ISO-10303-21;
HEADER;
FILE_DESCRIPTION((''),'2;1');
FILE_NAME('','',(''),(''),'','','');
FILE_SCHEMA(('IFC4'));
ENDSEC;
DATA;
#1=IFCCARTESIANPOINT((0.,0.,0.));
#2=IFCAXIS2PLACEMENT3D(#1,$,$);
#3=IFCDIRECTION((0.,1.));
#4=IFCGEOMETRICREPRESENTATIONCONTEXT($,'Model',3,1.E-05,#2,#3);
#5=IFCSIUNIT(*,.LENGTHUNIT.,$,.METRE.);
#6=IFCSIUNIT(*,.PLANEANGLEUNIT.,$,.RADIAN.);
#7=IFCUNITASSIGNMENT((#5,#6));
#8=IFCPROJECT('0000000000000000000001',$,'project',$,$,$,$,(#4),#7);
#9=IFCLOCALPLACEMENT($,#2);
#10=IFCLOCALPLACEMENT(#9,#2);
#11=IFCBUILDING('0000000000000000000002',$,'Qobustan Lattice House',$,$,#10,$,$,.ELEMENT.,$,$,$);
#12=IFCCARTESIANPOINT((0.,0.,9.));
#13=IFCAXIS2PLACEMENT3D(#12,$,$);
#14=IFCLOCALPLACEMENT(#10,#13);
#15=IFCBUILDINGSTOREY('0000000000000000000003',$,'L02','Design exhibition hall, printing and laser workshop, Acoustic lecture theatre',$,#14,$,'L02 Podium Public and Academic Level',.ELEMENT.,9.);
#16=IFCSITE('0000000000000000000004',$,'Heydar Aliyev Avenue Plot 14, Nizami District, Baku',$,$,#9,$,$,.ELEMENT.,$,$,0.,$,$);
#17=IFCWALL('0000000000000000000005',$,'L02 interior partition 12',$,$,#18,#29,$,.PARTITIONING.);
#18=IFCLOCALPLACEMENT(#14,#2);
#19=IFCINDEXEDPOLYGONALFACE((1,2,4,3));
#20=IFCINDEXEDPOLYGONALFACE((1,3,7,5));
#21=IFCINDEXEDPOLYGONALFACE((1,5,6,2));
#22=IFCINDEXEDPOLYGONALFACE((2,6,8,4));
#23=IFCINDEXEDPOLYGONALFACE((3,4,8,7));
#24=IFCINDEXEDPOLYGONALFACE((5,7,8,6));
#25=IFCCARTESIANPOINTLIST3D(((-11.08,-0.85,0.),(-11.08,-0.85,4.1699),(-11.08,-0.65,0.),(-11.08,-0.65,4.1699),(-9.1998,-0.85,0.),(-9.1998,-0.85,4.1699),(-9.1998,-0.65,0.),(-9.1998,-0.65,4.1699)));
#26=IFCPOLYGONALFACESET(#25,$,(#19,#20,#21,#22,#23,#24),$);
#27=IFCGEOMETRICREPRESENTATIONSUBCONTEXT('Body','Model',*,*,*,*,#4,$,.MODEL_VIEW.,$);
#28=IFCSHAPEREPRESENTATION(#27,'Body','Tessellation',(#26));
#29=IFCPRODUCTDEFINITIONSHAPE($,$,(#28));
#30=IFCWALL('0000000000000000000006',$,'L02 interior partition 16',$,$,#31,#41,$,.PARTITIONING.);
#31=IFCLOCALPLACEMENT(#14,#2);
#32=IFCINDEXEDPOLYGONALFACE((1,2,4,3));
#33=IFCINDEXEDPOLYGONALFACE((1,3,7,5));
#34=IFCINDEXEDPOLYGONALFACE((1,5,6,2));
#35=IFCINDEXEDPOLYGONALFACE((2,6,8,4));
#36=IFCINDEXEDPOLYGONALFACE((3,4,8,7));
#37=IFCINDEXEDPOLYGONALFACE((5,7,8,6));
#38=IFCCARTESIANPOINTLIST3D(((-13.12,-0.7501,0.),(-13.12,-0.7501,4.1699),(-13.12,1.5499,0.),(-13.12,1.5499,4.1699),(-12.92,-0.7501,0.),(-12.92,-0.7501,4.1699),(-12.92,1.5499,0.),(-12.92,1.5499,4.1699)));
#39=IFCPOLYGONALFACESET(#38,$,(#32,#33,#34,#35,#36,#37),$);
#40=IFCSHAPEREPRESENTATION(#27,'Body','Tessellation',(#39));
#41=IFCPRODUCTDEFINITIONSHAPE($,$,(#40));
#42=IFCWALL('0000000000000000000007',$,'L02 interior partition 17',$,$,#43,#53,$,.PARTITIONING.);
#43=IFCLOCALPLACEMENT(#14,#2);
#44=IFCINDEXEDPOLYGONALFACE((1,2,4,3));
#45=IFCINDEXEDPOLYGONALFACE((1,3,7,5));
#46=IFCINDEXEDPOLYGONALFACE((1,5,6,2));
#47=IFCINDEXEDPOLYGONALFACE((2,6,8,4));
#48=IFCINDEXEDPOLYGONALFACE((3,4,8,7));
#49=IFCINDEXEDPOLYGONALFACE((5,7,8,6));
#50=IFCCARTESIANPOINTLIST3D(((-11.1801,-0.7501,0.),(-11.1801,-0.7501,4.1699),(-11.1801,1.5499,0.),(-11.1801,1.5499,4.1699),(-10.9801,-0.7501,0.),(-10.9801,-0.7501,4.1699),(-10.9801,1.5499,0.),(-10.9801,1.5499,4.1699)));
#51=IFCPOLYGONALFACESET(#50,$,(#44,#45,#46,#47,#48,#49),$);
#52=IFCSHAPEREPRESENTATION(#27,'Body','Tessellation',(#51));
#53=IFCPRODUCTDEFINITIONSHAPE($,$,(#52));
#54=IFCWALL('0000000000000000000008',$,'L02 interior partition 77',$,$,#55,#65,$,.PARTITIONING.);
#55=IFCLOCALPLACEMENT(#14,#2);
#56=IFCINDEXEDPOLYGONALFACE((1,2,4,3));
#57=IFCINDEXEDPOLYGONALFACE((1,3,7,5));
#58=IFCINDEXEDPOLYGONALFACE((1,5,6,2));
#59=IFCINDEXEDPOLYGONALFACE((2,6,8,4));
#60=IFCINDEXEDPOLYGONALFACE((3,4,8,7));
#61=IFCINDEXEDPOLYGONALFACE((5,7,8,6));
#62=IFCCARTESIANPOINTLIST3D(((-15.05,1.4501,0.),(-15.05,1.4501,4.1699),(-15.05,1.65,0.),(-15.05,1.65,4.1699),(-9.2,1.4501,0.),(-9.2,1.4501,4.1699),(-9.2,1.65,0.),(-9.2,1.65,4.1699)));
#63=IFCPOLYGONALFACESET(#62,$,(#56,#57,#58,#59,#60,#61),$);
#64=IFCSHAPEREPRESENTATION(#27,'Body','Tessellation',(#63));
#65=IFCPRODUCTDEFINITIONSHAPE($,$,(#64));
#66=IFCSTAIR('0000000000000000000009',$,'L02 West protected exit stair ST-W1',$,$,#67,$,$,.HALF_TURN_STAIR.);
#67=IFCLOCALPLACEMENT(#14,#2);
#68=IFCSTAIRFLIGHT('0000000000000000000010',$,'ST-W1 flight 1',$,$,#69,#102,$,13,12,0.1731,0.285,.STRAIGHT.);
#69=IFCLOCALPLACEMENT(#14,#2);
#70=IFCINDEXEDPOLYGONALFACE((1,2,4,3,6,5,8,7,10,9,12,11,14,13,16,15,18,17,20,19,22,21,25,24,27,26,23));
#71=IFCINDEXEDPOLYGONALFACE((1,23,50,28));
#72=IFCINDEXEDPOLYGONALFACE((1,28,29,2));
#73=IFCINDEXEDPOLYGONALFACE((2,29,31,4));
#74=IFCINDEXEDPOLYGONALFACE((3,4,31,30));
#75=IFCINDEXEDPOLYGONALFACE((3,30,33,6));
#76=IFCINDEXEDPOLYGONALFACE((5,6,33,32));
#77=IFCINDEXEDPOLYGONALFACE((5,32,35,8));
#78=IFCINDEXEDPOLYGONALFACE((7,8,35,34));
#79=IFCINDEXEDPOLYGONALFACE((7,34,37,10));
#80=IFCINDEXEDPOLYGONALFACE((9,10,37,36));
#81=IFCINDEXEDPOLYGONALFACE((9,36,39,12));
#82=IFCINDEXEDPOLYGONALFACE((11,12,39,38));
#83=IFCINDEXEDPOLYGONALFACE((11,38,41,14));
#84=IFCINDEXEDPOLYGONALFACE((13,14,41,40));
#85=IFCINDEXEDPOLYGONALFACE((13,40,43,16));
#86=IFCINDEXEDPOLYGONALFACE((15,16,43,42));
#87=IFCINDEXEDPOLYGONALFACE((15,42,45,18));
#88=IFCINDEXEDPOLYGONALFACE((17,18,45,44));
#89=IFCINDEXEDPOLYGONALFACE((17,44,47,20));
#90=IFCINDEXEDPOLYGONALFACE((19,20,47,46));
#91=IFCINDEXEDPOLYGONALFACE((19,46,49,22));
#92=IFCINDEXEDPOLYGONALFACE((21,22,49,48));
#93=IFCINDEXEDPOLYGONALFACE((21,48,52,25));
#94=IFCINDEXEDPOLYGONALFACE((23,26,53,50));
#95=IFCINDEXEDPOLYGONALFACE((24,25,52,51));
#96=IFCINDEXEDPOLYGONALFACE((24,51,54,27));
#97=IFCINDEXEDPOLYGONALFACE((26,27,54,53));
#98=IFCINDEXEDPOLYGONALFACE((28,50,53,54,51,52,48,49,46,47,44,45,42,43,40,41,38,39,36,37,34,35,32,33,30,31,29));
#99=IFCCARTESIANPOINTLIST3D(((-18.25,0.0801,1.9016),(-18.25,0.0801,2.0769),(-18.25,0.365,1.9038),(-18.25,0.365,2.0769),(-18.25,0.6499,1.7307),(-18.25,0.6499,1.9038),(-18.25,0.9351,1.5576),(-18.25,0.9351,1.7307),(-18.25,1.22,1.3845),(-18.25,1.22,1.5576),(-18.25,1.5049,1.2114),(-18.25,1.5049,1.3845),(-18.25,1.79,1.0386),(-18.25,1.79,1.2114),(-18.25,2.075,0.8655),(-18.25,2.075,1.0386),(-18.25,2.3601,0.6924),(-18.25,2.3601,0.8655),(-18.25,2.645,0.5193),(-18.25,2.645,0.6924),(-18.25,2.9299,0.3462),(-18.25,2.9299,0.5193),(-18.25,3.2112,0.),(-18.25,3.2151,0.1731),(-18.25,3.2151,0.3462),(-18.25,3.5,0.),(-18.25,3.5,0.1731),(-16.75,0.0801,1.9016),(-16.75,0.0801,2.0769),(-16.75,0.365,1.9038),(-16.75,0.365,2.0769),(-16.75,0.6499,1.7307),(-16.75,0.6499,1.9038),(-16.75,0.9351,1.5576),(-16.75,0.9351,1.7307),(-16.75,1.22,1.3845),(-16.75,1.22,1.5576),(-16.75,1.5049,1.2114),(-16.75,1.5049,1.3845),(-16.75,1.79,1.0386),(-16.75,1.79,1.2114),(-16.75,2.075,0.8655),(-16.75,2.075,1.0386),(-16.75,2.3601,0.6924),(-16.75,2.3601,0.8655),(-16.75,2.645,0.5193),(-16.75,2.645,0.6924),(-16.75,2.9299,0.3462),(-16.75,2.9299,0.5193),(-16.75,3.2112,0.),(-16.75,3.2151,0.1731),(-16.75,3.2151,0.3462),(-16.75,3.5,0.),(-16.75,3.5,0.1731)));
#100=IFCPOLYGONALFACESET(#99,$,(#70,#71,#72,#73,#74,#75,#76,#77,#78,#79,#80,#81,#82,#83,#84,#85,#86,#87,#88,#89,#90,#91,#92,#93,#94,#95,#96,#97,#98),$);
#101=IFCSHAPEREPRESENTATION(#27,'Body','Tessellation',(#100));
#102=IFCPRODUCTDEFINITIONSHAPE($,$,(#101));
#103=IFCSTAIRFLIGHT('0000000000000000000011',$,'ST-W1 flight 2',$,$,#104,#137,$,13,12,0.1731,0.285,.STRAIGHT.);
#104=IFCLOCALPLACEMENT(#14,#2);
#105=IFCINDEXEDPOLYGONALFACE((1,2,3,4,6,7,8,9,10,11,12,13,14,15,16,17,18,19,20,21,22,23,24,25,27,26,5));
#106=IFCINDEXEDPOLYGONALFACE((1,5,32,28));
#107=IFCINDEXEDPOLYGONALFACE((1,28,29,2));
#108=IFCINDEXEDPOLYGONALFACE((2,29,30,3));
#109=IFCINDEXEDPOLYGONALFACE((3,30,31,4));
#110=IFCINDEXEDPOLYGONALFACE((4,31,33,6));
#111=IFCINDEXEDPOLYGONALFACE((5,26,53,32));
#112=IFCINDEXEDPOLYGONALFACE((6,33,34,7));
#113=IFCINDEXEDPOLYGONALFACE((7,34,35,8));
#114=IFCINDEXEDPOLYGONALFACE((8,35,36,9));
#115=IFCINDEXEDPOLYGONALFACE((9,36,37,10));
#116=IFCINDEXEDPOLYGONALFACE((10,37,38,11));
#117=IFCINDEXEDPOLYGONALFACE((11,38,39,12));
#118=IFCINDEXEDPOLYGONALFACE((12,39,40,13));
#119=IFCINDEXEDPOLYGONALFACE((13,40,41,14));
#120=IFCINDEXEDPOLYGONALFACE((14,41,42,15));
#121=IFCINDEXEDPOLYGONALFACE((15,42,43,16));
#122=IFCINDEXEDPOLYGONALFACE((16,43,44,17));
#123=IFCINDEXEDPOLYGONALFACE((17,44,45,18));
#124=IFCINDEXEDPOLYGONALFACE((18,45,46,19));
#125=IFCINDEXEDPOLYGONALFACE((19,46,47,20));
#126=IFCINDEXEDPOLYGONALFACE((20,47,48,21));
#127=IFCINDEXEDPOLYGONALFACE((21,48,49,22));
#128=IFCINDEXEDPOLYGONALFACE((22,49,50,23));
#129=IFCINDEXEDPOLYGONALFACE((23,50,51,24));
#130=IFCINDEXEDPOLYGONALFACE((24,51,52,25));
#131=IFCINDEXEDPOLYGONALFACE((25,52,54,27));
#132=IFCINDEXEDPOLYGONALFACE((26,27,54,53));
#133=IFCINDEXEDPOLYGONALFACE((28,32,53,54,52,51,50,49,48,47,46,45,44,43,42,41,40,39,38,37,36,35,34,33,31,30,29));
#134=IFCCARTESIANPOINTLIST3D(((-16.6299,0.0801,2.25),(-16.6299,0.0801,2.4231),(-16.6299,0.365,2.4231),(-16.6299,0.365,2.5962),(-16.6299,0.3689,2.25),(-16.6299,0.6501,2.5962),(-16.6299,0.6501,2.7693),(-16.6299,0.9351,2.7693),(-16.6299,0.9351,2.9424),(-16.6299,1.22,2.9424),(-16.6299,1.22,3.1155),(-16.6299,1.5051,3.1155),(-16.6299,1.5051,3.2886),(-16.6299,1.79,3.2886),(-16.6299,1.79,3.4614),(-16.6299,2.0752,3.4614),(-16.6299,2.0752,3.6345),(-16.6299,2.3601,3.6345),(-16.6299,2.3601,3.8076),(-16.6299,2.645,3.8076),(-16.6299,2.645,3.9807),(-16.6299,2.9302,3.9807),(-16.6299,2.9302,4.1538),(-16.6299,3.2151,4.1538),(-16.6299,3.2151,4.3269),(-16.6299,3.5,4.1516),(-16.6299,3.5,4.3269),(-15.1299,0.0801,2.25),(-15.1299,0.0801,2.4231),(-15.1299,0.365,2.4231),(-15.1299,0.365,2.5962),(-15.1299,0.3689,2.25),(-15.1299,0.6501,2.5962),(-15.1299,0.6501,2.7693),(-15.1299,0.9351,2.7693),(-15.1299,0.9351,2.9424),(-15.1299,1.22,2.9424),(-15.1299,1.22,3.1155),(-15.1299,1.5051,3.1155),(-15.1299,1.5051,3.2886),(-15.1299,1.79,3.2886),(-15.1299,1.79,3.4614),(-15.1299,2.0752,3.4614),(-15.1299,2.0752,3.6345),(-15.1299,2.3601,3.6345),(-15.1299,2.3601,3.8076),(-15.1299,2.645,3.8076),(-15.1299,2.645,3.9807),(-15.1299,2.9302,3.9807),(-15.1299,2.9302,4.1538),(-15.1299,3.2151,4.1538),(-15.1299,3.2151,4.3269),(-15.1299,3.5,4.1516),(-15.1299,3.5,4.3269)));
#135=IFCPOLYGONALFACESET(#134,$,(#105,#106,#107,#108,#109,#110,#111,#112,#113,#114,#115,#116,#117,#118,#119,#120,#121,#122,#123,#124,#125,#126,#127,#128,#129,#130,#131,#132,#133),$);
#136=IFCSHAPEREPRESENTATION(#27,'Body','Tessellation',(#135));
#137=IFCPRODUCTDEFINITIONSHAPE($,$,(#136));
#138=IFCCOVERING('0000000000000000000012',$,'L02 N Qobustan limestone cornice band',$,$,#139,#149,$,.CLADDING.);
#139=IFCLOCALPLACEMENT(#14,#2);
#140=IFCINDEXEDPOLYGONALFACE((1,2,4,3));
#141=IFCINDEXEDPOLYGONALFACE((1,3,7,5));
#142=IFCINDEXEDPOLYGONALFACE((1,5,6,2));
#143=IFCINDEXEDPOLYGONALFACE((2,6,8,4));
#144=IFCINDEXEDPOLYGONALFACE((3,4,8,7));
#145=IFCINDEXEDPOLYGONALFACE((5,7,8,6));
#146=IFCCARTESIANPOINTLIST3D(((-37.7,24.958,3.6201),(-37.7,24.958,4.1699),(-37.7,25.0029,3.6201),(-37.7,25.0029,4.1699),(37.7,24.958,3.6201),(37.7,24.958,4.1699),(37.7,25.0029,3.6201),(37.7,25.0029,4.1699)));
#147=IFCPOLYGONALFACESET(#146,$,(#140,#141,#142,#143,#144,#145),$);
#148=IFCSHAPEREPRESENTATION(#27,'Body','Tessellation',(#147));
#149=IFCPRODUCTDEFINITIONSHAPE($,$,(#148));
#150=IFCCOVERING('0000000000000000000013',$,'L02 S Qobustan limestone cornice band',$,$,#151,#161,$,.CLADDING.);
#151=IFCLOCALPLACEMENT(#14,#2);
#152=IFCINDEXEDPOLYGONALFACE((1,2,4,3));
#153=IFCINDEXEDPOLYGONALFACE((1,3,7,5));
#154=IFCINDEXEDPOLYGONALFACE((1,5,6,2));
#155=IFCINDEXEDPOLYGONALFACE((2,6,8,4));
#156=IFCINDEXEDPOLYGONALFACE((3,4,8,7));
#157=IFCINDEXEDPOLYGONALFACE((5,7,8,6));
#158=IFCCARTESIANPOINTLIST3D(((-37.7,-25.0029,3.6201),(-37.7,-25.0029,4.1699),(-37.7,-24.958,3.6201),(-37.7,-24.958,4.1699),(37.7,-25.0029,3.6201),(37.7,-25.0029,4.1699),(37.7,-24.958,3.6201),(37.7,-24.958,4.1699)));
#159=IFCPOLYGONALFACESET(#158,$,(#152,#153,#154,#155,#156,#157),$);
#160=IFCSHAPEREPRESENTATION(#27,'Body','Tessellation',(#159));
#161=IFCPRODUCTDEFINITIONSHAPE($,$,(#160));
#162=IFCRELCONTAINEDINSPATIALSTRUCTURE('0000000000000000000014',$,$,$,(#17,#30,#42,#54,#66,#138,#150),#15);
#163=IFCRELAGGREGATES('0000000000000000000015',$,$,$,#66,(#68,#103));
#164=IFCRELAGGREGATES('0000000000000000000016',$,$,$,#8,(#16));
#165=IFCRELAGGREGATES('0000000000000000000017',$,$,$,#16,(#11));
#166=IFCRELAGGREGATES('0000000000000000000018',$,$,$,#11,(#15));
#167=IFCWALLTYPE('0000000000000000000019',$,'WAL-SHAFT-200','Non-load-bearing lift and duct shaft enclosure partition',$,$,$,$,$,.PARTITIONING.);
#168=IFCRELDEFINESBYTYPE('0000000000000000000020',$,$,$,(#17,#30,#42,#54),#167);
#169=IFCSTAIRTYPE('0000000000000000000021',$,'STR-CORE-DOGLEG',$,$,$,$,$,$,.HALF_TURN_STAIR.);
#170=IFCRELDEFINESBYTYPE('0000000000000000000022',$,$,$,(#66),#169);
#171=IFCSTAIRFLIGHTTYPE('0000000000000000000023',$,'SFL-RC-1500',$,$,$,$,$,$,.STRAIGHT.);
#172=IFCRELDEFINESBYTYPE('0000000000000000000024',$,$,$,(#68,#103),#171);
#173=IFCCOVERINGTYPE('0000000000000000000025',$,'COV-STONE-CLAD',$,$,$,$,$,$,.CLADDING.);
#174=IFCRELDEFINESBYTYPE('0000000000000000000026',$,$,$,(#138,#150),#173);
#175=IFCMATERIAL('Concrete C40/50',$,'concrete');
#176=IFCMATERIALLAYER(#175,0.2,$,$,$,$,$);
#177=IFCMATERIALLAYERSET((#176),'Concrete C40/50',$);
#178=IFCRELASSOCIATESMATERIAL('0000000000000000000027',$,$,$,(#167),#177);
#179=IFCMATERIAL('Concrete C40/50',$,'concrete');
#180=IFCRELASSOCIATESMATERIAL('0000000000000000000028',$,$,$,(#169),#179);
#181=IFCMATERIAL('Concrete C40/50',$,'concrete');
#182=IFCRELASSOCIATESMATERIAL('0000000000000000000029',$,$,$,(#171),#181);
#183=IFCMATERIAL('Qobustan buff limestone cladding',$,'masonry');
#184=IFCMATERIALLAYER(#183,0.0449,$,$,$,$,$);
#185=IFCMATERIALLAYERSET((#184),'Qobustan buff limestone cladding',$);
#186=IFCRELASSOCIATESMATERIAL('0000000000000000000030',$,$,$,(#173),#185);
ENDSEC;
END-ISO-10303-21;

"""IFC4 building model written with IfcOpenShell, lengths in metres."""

from ifc_helpers import new_model, si_unit, direction, frame, frame_2d, origin, place, context, subcontext, project, spatial, polyline, rectangle, outline, extrude, material, layer, layer_set, type_object, element, aggregate, save


model = new_model("IFC4")

# Units and contexts
model_context = context("Model", 3, precision=1e-05, world=origin(), true_north=direction((0.0, 1.0)))
body_context = subcontext(model_context, "Body", "Model", "MODEL_VIEW")
ifc_project = project(units=[si_unit("LENGTHUNIT", "METRE"), si_unit("PLANEANGLEUNIT", "RADIAN")], contexts=[model_context])

# Site, building, storey
site_placement = place(None, origin())
site = spatial("IfcSite", under=ifc_project, at=site_placement, Name="Heydar Aliyev Avenue Plot 14, Nizami District, Baku", CompositionType="ELEMENT", RefElevation=0.0)
building_placement = place(site_placement, origin())
building = spatial("IfcBuilding", under=site, at=building_placement, Name="Qobustan Lattice House", CompositionType="ELEMENT")
storey_placement = place(building_placement, frame((0.0, 0.0, 9.0)))
storey = spatial("IfcBuildingStorey", under=building, at=storey_placement, Name="L02", Description="Design exhibition hall, printing and laser workshop, Acoustic lecture theatre", LongName="L02 Podium Public and Academic Level", CompositionType="ELEMENT", Elevation=9.0)

# Shared definitions
ifc_material_1 = material(Name="Concrete C40/50", Category="concrete")
ifc_layer_1 = layer(ifc_material_1, 0.2)
ifc_layer_set_1 = layer_set([ifc_layer_1], Name="Concrete C40/50")
wall_type = type_object("IfcWallType", Name="WAL-SHAFT-200", Description="Non-load-bearing lift and duct shaft enclosure partition", PredefinedType="PARTITIONING", material=ifc_layer_set_1)

# Walls
wall_1_placement = place(storey_placement, frame((-9.2, -0.75, 0.0), z_axis=(0.0, 0.0, 1.0), x_axis=(-1.0, 0.0, 0.0)))
element("IfcWall", 1, at=wall_1_placement, inside=storey, type_object=wall_type, Name="L02 interior partition 12", PredefinedType="PARTITIONING", context=body_context, shape_type="SweptSolid", body=[
    extrude(rectangle(XDim=1.8801, YDim=0.2, at=frame_2d((0.9399, 0.0))), origin(), (0.0, 0.0, 1.0), 4.1699),
])
for number, where, z_axis, x_axis, name in (
    (2, (-13.02, -0.75, 0.0), (0.0, 0.0, 1.0), (0.0, 1.0, 0.0), "L02 interior partition 16"),
    (3, (-11.0801, -0.75, 0.0), (0.0, 0.0, 1.0), (0.0, 1.0, 0.0), "L02 interior partition 17"),
):
    element("IfcWall", number, at=place(storey_placement, frame(where, z_axis=z_axis, x_axis=x_axis)), inside=storey, type_object=wall_type, Name=name, PredefinedType="PARTITIONING", context=body_context, shape_type="SweptSolid", body=[
        extrude(rectangle(XDim=2.3, YDim=0.2, at=frame_2d((1.1499, 0.0))), origin(), (0.0, 0.0, 1.0), 4.1699),
    ])
wall_2_placement = place(storey_placement, frame((-15.05, 1.55, 0.0), z_axis=(0.0, 0.0, 1.0), x_axis=(1.0, 0.0, 0.0)))
element("IfcWall", 4, at=wall_2_placement, inside=storey, type_object=wall_type, Name="L02 interior partition 77", PredefinedType="PARTITIONING", context=body_context, shape_type="SweptSolid", body=[
    extrude(rectangle(XDim=5.8501, YDim=0.2, at=frame_2d((2.925, 0.0))), origin(), (0.0, 0.0, 1.0), 4.1699),
])

# Stair, stair flights
ifc_material_2 = material(Name="Concrete C40/50", Category="concrete")
stair_type = type_object("IfcStairType", Name="STR-CORE-DOGLEG", PredefinedType="HALF_TURN_STAIR", material=ifc_material_2)
stair_placement = place(storey_placement, origin())
stair = element("IfcStair", 5, at=stair_placement, inside=storey, type_object=stair_type, Name="L02 West protected exit stair ST-W1", PredefinedType="HALF_TURN_STAIR")
ifc_material_3 = material(Name="Concrete C40/50", Category="concrete")
stair_flight_type = type_object("IfcStairFlightType", Name="SFL-RC-1500", PredefinedType="STRAIGHT", material=ifc_material_3)
stair_flight_1_placement = place(storey_placement, frame((-17.5, 3.5, 0.0), z_axis=(0.0, 0.0, 1.0), x_axis=(0.0, -1.0, 0.0)))
stair_flight_1 = element("IfcStairFlight", 6, at=stair_flight_1_placement, type_object=stair_flight_type, Name="ST-W1 flight 1", NumberOfRisers=13, NumberOfTreads=12, PredefinedType="STRAIGHT", RiserHeight=0.1731, TreadLength=0.285, context=body_context, shape_type="SweptSolid", body=[
    extrude(outline(polyline([(0.0, 0.0), (0.0, 0.1731), (0.2849, 0.1731), (0.2849, 0.3462), (0.5701, 0.3462), (0.5701, 0.5193), (0.855, 0.5193), (0.855, 0.6924), (1.1399, 0.6924), (1.1399, 0.8655), (1.425, 0.8655), (1.425, 1.0386), (1.71, 1.0386), (1.71, 1.2114), (1.9951, 1.2114), (1.9951, 1.3845), (2.28, 1.3845), (2.28, 1.5576), (2.5649, 1.5576), (2.5649, 1.7307), (2.8501, 1.7307), (2.8501, 1.9038), (3.135, 1.9038), (3.135, 2.0769), (3.4199, 2.0769), (3.4199, 2.25), (3.4199, 1.9016), (0.2888, 0.0), (0.0, 0.0)])), frame((0.0, 0.75, 0.0), z_axis=(0.0, -1.0, 0.0), x_axis=(1.0, 0.0, 0.0)), (0.0, 0.0, 1.0), 1.5),
])
stair_flight_2_placement = place(storey_placement, frame((-15.8799, 0.0801, 2.25), z_axis=(0.0, 0.0, 1.0), x_axis=(0.0, 1.0, 0.0)))
stair_flight_2 = element("IfcStairFlight", 7, at=stair_flight_2_placement, type_object=stair_flight_type, Name="ST-W1 flight 2", NumberOfRisers=13, NumberOfTreads=12, PredefinedType="STRAIGHT", RiserHeight=0.1731, TreadLength=0.285, context=body_context, shape_type="SweptSolid", body=[
    extrude(outline(polyline([(0.0, 0.0), (0.0, 0.1731), (0.2849, 0.1731), (0.2849, 0.3462), (0.5701, 0.3462), (0.5701, 0.5193), (0.855, 0.5193), (0.855, 0.6924), (1.1399, 0.6924), (1.1399, 0.8655), (1.425, 0.8655), (1.425, 1.0386), (1.71, 1.0386), (1.71, 1.2114), (1.9951, 1.2114), (1.9951, 1.3845), (2.28, 1.3845), (2.28, 1.5576), (2.5649, 1.5576), (2.5649, 1.7307), (2.8501, 1.7307), (2.8501, 1.9038), (3.135, 1.9038), (3.135, 2.0769), (3.4199, 2.0769), (3.4199, 2.25), (3.4199, 1.9016), (0.2888, 0.0), (0.0, 0.0)])), frame((0.0, 0.75, 0.0), z_axis=(0.0, -1.0, 0.0), x_axis=(1.0, 0.0, 0.0)), (0.0, 0.0, 1.0), 1.5),
])
aggregate(stair, [stair_flight_1, stair_flight_2])

# Coverings
ifc_material_4 = material(Name="Qobustan buff limestone cladding", Category="masonry")
ifc_layer_2 = layer(ifc_material_4, 0.0449)
ifc_layer_set_2 = layer_set([ifc_layer_2], Name="Qobustan buff limestone cladding")
covering_type = type_object("IfcCoveringType", Name="COV-STONE-CLAD", PredefinedType="CLADDING", material=ifc_layer_set_2)
covering_1_placement = place(storey_placement, frame((0.0, 0.0, 3.6201)))
element("IfcCovering", 8, at=covering_1_placement, inside=storey, type_object=covering_type, Name="L02 N Qobustan limestone cornice band", PredefinedType="CLADDING", context=body_context, shape_type="SweptSolid", body=[
    extrude(outline(polyline([(-37.7, 24.958), (-37.7, 25.0029), (37.7, 25.0029), (37.7, 24.958), (-37.7, 24.958)])), origin(), (0.0, 0.0, 1.0), 0.5498),
])
covering_2_placement = place(storey_placement, frame((0.0, 0.0, 3.6201)))
element("IfcCovering", 9, at=covering_2_placement, inside=storey, type_object=covering_type, Name="L02 S Qobustan limestone cornice band", PredefinedType="CLADDING", context=body_context, shape_type="SweptSolid", body=[
    extrude(outline(polyline([(37.7, -24.958), (37.7, -25.0029), (-37.7, -25.0029), (-37.7, -24.958), (37.7, -24.958)])), origin(), (0.0, 0.0, 1.0), 0.5498),
])

save(model, "model.ifc")
